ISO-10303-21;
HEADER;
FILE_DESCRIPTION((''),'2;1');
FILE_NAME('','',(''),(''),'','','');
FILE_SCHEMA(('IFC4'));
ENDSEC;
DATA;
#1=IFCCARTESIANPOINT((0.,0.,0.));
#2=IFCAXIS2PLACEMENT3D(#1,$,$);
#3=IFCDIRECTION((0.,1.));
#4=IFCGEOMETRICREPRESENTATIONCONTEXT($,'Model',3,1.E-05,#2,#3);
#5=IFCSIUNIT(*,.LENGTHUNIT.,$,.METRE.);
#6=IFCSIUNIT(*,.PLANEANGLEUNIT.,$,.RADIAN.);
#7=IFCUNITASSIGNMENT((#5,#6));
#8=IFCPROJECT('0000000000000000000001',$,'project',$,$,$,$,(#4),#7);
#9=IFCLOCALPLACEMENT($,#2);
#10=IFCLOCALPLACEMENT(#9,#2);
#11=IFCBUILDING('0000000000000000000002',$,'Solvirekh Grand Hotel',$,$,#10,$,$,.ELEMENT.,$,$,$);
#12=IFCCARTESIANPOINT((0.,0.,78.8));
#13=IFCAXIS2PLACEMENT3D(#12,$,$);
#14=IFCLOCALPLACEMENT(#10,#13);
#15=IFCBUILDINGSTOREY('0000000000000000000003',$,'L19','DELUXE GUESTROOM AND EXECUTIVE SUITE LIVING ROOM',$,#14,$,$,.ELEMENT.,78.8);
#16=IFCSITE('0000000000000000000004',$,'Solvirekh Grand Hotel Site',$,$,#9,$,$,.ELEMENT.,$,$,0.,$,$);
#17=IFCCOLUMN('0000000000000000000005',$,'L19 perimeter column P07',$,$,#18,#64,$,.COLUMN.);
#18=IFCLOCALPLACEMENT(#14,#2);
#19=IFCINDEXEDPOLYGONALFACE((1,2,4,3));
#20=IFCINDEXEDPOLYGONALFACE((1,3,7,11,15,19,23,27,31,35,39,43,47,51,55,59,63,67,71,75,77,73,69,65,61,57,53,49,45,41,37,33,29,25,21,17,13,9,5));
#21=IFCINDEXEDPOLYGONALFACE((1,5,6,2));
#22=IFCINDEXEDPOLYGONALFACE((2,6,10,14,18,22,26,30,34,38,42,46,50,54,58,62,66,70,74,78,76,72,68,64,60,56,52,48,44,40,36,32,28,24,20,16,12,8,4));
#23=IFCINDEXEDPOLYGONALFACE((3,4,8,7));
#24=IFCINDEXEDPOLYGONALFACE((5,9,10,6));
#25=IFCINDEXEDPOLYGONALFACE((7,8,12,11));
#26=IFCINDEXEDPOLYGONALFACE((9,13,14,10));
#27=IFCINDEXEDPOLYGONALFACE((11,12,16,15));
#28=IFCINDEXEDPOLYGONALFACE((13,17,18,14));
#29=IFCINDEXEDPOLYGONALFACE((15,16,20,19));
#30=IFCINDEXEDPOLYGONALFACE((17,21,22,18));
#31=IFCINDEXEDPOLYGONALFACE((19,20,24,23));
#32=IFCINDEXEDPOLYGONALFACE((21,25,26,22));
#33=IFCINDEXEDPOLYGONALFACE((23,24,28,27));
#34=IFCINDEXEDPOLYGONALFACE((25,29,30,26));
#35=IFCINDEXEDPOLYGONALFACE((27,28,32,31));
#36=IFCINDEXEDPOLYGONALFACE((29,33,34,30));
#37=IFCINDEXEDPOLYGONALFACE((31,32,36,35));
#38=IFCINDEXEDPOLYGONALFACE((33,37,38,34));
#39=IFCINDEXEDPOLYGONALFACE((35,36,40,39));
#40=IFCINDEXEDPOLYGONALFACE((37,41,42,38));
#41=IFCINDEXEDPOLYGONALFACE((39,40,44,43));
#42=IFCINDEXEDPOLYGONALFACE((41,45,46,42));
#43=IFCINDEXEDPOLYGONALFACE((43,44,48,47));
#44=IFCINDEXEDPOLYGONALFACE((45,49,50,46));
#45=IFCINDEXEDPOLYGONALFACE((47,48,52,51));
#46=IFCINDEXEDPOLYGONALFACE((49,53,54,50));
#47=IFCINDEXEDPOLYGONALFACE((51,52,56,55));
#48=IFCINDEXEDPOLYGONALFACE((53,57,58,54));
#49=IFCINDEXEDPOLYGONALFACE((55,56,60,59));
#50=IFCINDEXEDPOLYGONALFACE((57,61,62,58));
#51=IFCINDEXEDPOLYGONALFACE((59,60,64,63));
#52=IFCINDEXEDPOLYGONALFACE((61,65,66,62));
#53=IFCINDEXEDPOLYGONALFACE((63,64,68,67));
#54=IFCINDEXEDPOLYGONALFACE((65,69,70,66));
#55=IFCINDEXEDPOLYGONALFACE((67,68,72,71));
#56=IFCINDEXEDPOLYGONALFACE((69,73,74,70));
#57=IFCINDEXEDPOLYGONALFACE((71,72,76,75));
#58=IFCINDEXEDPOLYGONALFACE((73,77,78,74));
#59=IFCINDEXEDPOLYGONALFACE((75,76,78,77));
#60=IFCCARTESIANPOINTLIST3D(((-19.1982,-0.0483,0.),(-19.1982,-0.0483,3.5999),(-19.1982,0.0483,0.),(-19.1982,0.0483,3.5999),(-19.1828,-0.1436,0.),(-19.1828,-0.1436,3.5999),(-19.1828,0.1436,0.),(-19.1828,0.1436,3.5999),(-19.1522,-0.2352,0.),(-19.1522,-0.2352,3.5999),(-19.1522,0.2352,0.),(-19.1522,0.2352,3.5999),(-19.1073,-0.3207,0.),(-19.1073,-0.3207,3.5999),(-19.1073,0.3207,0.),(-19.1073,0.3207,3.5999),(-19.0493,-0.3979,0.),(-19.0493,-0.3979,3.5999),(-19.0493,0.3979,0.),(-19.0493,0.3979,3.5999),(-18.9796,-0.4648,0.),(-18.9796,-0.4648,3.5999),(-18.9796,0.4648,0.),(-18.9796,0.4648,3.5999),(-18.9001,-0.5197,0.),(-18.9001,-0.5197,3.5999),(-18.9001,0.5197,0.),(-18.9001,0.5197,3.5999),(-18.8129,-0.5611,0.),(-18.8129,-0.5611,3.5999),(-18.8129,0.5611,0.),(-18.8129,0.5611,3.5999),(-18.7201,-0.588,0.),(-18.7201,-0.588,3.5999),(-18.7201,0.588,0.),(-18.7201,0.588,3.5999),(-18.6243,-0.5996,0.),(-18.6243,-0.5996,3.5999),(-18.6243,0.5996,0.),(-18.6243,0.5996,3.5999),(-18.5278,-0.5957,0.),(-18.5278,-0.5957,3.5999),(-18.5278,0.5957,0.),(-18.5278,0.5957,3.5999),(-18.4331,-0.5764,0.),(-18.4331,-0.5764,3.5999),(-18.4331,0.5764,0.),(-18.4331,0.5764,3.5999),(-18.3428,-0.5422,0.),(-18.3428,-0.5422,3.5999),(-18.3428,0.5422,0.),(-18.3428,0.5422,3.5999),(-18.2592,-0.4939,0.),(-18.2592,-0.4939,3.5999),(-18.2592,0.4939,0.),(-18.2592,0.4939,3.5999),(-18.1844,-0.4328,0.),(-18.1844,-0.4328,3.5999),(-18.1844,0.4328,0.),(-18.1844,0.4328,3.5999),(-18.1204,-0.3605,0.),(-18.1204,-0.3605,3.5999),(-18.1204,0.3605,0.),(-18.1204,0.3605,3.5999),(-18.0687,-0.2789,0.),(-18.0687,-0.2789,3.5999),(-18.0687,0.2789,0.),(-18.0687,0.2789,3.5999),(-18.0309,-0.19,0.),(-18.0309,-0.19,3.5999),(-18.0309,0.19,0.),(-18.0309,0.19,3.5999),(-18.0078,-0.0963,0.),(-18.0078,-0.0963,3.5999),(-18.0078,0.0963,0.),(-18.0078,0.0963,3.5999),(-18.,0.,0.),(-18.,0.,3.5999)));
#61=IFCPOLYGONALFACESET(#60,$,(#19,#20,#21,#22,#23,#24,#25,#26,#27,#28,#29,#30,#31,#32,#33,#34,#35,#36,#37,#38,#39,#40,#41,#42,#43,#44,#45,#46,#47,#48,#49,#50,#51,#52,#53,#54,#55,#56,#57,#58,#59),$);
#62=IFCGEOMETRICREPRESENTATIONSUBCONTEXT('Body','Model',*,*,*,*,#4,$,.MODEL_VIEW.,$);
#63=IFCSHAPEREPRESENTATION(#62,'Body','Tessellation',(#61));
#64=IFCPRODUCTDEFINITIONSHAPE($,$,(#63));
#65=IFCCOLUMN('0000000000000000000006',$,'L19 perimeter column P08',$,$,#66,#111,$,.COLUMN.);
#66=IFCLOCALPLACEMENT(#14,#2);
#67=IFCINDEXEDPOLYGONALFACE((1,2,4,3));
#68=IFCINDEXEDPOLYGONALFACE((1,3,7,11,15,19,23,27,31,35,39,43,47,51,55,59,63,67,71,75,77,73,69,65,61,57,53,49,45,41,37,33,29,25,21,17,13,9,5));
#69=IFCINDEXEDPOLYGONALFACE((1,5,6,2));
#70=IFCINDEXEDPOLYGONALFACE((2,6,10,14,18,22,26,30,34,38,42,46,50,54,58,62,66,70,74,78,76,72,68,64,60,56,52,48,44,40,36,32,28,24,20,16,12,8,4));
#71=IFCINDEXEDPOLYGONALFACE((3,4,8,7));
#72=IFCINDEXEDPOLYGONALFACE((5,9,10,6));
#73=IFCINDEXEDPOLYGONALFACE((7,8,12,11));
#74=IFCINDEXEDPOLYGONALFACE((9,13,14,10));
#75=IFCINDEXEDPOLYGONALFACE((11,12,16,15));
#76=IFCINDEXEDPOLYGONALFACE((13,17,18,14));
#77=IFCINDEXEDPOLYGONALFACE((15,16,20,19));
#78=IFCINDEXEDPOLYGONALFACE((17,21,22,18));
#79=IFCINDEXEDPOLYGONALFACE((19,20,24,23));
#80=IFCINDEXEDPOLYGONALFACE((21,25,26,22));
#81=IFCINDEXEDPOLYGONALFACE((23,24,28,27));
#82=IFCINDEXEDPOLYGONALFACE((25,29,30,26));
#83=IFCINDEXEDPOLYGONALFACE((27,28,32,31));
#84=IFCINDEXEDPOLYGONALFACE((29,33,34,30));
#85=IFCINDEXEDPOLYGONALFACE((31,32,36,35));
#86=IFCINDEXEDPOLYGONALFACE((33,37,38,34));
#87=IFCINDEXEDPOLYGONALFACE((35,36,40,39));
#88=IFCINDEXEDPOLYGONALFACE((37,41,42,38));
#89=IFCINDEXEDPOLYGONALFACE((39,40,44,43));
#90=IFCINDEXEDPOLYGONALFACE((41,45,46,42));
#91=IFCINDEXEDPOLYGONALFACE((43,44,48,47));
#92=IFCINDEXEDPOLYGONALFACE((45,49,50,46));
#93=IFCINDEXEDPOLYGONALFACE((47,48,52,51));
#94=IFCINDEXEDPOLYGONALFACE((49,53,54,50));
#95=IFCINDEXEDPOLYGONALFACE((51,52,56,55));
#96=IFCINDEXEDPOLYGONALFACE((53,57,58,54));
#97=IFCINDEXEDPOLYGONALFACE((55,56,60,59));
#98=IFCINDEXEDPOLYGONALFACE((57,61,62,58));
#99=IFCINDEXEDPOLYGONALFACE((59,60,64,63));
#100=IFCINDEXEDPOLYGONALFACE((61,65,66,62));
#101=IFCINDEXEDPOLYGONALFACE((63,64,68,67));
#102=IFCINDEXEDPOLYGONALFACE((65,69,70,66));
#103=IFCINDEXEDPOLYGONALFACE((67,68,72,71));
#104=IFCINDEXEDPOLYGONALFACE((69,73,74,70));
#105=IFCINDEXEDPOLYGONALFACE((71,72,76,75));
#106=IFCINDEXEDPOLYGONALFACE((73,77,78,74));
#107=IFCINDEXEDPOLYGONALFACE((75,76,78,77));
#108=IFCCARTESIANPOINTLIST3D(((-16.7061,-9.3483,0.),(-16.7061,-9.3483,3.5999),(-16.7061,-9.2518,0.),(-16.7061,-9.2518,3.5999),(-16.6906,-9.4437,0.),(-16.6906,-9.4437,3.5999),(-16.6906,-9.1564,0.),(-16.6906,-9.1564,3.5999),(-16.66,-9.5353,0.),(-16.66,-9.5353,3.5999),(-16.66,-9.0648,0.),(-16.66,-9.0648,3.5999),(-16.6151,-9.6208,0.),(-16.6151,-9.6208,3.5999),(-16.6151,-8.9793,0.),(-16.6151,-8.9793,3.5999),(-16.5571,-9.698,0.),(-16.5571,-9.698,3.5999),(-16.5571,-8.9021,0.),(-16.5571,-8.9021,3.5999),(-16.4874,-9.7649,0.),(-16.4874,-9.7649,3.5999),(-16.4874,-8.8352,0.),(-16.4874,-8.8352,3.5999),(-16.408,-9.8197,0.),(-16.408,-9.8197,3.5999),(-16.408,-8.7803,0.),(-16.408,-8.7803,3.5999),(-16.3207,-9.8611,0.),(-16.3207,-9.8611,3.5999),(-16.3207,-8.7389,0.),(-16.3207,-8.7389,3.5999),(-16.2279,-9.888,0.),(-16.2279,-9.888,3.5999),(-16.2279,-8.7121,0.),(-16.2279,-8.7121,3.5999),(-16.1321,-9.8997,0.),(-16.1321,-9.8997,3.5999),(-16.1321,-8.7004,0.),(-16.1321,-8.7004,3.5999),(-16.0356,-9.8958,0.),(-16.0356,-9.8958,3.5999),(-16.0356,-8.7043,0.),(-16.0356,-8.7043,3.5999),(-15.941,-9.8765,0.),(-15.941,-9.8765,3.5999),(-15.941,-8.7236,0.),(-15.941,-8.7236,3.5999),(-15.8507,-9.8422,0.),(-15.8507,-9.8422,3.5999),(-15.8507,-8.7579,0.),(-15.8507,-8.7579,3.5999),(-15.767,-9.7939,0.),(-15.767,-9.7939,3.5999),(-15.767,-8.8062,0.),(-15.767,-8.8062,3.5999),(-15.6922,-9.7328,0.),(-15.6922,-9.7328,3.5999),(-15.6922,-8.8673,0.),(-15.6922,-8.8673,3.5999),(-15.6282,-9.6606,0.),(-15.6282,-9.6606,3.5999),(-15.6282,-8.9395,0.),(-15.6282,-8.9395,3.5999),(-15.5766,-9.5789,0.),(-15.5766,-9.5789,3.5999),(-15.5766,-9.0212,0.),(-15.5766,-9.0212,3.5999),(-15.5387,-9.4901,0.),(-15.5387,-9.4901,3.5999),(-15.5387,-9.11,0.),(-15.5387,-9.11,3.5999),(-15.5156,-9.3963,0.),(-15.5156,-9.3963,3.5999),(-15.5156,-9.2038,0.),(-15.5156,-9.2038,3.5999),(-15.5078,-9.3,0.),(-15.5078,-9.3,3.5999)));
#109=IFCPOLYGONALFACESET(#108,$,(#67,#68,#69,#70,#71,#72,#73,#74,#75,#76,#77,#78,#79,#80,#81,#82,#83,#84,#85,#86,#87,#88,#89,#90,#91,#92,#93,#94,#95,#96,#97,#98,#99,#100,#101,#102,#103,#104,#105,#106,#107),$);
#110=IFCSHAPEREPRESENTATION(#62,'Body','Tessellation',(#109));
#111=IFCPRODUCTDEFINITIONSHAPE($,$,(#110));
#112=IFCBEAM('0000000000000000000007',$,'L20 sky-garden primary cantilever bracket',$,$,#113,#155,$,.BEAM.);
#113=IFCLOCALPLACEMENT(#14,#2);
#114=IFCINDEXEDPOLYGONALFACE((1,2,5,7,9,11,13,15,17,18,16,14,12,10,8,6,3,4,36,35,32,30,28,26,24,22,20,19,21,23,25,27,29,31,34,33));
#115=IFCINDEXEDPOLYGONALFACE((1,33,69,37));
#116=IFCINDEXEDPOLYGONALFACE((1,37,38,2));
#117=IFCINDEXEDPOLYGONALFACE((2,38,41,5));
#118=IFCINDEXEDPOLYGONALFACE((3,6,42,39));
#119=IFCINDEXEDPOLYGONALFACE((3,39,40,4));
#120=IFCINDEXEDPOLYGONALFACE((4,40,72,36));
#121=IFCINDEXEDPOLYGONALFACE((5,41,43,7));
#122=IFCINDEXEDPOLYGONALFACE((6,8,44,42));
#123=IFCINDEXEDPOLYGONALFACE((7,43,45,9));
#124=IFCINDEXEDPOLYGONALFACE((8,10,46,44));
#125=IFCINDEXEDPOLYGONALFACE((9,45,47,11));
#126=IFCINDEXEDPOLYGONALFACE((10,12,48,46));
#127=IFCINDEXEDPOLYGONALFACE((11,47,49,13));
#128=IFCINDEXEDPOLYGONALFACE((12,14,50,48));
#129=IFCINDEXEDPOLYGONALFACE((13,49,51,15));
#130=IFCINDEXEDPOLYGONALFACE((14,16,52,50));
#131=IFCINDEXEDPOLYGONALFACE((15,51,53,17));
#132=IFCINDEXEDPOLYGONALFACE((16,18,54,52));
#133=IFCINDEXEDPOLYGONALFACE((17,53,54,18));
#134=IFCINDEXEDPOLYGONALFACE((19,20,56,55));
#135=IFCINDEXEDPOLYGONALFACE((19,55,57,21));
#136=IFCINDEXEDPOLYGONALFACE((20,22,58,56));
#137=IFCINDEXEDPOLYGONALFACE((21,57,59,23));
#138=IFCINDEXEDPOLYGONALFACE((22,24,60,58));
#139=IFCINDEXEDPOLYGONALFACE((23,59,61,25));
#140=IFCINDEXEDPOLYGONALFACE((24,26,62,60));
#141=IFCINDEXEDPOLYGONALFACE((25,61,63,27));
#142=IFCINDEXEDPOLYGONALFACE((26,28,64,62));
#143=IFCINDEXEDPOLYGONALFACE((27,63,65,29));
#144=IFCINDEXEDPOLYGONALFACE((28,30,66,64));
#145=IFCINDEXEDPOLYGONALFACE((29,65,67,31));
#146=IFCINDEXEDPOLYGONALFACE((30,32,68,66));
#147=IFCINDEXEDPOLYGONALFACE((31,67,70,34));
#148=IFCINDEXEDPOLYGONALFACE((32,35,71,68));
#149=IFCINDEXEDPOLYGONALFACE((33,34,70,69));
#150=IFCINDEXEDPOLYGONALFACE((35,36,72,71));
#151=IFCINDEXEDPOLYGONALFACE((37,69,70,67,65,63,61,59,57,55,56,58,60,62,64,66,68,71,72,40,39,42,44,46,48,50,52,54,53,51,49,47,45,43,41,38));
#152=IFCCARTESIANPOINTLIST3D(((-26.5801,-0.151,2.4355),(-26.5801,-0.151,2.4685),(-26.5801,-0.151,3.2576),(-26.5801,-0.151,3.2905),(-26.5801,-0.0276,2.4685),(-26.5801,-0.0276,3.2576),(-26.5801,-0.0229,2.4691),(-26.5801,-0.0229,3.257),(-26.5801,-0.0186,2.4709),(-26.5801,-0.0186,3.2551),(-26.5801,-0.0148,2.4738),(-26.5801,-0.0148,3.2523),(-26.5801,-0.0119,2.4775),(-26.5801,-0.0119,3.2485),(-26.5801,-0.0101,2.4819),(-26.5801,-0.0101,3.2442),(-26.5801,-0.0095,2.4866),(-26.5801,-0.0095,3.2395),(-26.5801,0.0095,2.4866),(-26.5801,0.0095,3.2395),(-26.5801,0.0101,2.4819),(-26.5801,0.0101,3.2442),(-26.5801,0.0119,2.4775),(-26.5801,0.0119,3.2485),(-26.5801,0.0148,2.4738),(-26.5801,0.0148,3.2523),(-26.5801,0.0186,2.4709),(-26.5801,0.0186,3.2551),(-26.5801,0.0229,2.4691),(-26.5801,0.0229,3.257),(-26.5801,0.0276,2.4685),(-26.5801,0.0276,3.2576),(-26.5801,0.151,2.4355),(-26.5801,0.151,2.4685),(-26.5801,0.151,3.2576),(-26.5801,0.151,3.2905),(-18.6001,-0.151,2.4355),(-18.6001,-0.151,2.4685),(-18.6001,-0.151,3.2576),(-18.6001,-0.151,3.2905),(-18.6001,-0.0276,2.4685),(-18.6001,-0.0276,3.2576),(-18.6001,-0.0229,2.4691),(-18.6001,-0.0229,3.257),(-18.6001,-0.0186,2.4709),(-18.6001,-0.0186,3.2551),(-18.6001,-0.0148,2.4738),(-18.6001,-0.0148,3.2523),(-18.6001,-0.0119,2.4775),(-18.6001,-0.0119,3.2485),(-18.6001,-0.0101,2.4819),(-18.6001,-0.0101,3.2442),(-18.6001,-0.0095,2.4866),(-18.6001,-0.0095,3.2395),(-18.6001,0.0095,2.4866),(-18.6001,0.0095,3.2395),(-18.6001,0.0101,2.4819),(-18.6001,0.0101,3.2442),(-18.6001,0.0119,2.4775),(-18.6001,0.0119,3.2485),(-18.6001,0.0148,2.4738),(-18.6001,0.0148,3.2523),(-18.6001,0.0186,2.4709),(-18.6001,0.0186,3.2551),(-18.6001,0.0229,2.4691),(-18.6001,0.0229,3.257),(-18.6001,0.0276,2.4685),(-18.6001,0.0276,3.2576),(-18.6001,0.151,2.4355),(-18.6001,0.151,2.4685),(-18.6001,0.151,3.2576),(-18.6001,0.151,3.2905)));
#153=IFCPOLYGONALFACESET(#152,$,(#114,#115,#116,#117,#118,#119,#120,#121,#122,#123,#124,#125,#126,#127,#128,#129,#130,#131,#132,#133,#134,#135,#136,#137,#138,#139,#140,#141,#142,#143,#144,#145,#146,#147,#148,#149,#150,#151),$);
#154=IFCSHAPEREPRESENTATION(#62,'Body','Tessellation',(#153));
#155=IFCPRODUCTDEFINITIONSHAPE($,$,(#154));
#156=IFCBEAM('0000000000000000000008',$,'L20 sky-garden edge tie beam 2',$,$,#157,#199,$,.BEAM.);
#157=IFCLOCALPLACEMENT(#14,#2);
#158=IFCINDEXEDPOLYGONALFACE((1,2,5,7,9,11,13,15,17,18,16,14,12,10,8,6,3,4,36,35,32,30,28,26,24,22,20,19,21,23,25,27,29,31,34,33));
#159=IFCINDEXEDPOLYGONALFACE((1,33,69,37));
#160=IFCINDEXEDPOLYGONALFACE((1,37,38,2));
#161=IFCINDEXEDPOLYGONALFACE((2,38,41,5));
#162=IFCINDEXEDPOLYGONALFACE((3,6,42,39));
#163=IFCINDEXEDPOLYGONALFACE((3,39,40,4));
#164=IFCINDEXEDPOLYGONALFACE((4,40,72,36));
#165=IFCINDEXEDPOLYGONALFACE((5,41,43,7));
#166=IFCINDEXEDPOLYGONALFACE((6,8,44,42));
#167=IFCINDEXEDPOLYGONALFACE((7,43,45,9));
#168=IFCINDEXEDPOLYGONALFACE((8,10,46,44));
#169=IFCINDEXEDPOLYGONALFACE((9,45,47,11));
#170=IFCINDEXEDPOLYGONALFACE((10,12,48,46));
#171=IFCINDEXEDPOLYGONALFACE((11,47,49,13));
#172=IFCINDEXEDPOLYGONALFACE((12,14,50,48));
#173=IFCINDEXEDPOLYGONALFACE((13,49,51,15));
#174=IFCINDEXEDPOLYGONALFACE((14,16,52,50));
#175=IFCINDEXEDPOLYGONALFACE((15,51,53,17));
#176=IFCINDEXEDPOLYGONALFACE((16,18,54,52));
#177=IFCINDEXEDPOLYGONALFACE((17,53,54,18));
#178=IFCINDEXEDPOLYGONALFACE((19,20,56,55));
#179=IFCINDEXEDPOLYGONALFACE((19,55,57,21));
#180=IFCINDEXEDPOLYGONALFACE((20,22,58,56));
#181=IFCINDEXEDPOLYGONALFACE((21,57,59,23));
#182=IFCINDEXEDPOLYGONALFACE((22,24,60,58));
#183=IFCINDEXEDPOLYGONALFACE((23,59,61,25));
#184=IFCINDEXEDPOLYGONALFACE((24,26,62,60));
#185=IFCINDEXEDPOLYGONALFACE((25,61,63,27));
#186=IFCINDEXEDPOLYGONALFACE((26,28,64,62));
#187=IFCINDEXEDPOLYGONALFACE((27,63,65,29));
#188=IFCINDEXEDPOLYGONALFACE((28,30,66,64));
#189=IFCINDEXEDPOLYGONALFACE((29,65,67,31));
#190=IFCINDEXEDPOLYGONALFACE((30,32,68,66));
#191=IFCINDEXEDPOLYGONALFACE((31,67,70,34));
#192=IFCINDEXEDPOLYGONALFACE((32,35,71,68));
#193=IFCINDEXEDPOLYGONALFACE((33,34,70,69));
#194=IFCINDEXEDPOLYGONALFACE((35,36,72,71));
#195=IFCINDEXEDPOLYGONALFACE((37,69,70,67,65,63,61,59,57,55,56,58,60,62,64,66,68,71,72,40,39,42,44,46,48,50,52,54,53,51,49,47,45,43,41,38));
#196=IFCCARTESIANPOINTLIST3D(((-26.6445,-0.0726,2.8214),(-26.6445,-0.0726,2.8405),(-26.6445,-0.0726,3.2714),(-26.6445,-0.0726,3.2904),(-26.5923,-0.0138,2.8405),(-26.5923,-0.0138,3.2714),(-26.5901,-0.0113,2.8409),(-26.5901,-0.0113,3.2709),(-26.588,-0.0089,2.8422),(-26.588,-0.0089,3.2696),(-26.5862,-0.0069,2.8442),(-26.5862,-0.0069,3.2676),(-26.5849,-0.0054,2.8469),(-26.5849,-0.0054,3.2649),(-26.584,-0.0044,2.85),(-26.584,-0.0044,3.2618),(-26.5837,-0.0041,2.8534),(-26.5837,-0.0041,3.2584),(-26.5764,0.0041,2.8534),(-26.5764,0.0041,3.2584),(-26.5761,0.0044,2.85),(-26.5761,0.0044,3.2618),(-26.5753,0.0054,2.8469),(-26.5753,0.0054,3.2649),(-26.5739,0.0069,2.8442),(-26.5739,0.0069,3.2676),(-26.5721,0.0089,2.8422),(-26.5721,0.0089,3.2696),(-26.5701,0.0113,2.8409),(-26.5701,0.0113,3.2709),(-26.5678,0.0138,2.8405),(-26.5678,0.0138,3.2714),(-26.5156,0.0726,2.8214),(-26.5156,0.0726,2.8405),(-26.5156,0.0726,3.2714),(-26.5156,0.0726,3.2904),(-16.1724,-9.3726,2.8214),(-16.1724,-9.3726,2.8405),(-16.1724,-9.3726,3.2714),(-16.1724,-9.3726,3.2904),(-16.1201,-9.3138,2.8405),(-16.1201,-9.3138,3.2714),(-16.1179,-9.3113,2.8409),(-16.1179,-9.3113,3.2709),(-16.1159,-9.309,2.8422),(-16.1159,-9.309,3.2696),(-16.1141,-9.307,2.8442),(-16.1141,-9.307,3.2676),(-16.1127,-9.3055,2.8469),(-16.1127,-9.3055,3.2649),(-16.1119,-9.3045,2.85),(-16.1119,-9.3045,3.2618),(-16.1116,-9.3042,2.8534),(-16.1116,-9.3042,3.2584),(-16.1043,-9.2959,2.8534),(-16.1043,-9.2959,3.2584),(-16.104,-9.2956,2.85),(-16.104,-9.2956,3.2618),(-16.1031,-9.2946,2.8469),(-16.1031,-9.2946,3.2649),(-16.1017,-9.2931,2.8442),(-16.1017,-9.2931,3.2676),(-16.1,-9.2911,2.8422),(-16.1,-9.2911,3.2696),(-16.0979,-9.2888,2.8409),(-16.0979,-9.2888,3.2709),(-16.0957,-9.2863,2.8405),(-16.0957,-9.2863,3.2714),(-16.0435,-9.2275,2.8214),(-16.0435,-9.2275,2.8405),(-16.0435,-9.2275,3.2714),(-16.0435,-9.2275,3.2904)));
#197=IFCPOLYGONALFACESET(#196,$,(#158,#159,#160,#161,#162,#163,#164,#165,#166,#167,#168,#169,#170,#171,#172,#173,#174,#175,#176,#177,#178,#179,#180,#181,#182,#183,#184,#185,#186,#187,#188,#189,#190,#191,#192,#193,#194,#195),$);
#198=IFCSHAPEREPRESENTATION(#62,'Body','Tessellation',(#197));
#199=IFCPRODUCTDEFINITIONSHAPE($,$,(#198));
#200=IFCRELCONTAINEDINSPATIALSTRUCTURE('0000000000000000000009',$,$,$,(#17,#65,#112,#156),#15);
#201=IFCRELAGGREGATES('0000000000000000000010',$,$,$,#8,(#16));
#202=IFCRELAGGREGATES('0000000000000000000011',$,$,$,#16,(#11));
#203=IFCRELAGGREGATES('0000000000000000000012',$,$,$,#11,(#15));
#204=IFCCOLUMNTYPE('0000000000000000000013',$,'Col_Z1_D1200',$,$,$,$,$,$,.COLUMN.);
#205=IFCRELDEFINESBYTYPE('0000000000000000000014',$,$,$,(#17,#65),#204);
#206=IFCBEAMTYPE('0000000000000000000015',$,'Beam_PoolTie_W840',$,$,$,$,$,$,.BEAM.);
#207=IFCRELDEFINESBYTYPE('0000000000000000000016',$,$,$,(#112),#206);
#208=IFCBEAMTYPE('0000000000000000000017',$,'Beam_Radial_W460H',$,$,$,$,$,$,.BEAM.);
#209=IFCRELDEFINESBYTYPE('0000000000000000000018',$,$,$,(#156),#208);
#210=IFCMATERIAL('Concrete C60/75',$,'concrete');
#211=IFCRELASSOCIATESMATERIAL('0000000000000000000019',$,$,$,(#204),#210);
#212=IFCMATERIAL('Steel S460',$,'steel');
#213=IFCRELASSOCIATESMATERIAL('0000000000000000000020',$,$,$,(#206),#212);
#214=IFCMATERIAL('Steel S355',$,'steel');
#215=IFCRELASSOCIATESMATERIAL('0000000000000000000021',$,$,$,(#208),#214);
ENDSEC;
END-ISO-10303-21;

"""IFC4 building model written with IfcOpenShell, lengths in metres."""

from ifc_helpers import new_model, si_unit, direction, frame, origin, origin_2d, place, context, subcontext, project, spatial, circle, i_section, extrude, material, material_profile, profile_set, type_object, element, save


model = new_model("IFC4")

# Units and contexts
model_context = context("Model", 3, precision=1e-05, world=origin(), true_north=direction((0.0, 1.0)))
body_context = subcontext(model_context, "Body", "Model", "MODEL_VIEW")
ifc_project = project(units=[si_unit("LENGTHUNIT", "METRE"), si_unit("PLANEANGLEUNIT", "RADIAN")], contexts=[model_context])

# Site, building, storey
site_placement = place(None, origin())
site = spatial("IfcSite", under=ifc_project, at=site_placement, Name="Solvirekh Grand Hotel Site", CompositionType="ELEMENT", RefElevation=0.0)
building_placement = place(site_placement, origin())
building = spatial("IfcBuilding", under=site, at=building_placement, Name="Solvirekh Grand Hotel", CompositionType="ELEMENT")
storey_placement = place(building_placement, frame((0.0, 0.0, 78.8)))
storey = spatial("IfcBuildingStorey", under=building, at=storey_placement, Name="L19", Description="DELUXE GUESTROOM AND EXECUTIVE SUITE LIVING ROOM", CompositionType="ELEMENT", Elevation=78.8)

# Columns
ifc_material_1 = material(Name="Concrete C60/75", Category="concrete")
ifc_material_profile_1 = material_profile(ifc_material_1, circle(Radius=0.6001, at=origin_2d()), Name="RC CIRC D1200")
ifc_profile_set_1 = profile_set([ifc_material_profile_1], Name="Concrete C60/75")
column_type = type_object("IfcColumnType", Name="Col_Z1_D1200", PredefinedType="COLUMN", material=ifc_profile_set_1)
for number, where, z_axis, x_axis, name in (
    (1, (-18.6001, 0.0, 0.0), (0.0, 0.0, 1.0), (1.0, 0.0, 0.0), "L19 perimeter column P07"),
    (2, (-16.1079, -9.3, 0.0), (0.0, 0.0, 1.0), (1.0, 0.0, 0.0), "L19 perimeter column P08"),
):
    element("IfcColumn", number, at=place(storey_placement, frame(where, z_axis=z_axis, x_axis=x_axis)), inside=storey, type_object=column_type, Name=name, PredefinedType="COLUMN", context=body_context, shape_type="SweptSolid", body=[
        extrude(circle(Radius=0.6001, at=origin_2d()), origin(), (0.0, 0.0, 1.0), 3.5999),
    ])

# Beams
ifc_material_2 = material(Name="Steel S460", Category="steel")
ifc_material_profile_2 = material_profile(ifc_material_2, i_section(OverallWidth=0.302, OverallDepth=0.855, WebThickness=0.019, FlangeThickness=0.033, FilletRadius=0.0181, at=origin_2d()), Name="W840X299")
ifc_profile_set_2 = profile_set([ifc_material_profile_2], Name="Steel S460")
beam_type_1 = type_object("IfcBeamType", Name="Beam_PoolTie_W840", PredefinedType="BEAM", material=ifc_profile_set_2)
beam_1_placement = place(storey_placement, frame((-18.6001, 0.0, 2.863), z_axis=(-1.0, 0.0, 0.0), x_axis=(0.0, -1.0, 0.0)))
element("IfcBeam", 3, at=beam_1_placement, inside=storey, type_object=beam_type_1, Name="L20 sky-garden primary cantilever bracket", PredefinedType="BEAM", context=body_context, shape_type="SweptSolid", body=[
    extrude(i_section(OverallWidth=0.302, OverallDepth=0.855, WebThickness=0.019, FlangeThickness=0.033, FilletRadius=0.0181, at=origin_2d()), origin(), (0.0, 0.0, 1.0), 7.98),
])
ifc_material_3 = material(Name="Steel S355", Category="steel")
ifc_material_profile_3 = material_profile(ifc_material_3, i_section(OverallWidth=0.1941, OverallDepth=0.469, WebThickness=0.011, FlangeThickness=0.019, FilletRadius=0.0129, at=origin_2d()), Name="W460X106")
ifc_profile_set_3 = profile_set([ifc_material_profile_3], Name="Steel S355")
beam_type_2 = type_object("IfcBeamType", Name="Beam_Radial_W460H", PredefinedType="BEAM", material=ifc_profile_set_3)
beam_2_placement = place(storey_placement, frame((-16.1079, -9.3, 3.0559), z_axis=(-0.747712, 0.664023, 0.0), x_axis=(-0.664023, -0.747712, 0.0)))
element("IfcBeam", 4, at=beam_2_placement, inside=storey, type_object=beam_type_2, Name="L20 sky-garden edge tie beam 2", PredefinedType="BEAM", context=body_context, shape_type="SweptSolid", body=[
    extrude(i_section(OverallWidth=0.1941, OverallDepth=0.469, WebThickness=0.011, FlangeThickness=0.019, FilletRadius=0.0129, at=origin_2d()), origin(), (0.0, 0.0, 1.0), 14.0056),
])

save(model, "model.ifc")
